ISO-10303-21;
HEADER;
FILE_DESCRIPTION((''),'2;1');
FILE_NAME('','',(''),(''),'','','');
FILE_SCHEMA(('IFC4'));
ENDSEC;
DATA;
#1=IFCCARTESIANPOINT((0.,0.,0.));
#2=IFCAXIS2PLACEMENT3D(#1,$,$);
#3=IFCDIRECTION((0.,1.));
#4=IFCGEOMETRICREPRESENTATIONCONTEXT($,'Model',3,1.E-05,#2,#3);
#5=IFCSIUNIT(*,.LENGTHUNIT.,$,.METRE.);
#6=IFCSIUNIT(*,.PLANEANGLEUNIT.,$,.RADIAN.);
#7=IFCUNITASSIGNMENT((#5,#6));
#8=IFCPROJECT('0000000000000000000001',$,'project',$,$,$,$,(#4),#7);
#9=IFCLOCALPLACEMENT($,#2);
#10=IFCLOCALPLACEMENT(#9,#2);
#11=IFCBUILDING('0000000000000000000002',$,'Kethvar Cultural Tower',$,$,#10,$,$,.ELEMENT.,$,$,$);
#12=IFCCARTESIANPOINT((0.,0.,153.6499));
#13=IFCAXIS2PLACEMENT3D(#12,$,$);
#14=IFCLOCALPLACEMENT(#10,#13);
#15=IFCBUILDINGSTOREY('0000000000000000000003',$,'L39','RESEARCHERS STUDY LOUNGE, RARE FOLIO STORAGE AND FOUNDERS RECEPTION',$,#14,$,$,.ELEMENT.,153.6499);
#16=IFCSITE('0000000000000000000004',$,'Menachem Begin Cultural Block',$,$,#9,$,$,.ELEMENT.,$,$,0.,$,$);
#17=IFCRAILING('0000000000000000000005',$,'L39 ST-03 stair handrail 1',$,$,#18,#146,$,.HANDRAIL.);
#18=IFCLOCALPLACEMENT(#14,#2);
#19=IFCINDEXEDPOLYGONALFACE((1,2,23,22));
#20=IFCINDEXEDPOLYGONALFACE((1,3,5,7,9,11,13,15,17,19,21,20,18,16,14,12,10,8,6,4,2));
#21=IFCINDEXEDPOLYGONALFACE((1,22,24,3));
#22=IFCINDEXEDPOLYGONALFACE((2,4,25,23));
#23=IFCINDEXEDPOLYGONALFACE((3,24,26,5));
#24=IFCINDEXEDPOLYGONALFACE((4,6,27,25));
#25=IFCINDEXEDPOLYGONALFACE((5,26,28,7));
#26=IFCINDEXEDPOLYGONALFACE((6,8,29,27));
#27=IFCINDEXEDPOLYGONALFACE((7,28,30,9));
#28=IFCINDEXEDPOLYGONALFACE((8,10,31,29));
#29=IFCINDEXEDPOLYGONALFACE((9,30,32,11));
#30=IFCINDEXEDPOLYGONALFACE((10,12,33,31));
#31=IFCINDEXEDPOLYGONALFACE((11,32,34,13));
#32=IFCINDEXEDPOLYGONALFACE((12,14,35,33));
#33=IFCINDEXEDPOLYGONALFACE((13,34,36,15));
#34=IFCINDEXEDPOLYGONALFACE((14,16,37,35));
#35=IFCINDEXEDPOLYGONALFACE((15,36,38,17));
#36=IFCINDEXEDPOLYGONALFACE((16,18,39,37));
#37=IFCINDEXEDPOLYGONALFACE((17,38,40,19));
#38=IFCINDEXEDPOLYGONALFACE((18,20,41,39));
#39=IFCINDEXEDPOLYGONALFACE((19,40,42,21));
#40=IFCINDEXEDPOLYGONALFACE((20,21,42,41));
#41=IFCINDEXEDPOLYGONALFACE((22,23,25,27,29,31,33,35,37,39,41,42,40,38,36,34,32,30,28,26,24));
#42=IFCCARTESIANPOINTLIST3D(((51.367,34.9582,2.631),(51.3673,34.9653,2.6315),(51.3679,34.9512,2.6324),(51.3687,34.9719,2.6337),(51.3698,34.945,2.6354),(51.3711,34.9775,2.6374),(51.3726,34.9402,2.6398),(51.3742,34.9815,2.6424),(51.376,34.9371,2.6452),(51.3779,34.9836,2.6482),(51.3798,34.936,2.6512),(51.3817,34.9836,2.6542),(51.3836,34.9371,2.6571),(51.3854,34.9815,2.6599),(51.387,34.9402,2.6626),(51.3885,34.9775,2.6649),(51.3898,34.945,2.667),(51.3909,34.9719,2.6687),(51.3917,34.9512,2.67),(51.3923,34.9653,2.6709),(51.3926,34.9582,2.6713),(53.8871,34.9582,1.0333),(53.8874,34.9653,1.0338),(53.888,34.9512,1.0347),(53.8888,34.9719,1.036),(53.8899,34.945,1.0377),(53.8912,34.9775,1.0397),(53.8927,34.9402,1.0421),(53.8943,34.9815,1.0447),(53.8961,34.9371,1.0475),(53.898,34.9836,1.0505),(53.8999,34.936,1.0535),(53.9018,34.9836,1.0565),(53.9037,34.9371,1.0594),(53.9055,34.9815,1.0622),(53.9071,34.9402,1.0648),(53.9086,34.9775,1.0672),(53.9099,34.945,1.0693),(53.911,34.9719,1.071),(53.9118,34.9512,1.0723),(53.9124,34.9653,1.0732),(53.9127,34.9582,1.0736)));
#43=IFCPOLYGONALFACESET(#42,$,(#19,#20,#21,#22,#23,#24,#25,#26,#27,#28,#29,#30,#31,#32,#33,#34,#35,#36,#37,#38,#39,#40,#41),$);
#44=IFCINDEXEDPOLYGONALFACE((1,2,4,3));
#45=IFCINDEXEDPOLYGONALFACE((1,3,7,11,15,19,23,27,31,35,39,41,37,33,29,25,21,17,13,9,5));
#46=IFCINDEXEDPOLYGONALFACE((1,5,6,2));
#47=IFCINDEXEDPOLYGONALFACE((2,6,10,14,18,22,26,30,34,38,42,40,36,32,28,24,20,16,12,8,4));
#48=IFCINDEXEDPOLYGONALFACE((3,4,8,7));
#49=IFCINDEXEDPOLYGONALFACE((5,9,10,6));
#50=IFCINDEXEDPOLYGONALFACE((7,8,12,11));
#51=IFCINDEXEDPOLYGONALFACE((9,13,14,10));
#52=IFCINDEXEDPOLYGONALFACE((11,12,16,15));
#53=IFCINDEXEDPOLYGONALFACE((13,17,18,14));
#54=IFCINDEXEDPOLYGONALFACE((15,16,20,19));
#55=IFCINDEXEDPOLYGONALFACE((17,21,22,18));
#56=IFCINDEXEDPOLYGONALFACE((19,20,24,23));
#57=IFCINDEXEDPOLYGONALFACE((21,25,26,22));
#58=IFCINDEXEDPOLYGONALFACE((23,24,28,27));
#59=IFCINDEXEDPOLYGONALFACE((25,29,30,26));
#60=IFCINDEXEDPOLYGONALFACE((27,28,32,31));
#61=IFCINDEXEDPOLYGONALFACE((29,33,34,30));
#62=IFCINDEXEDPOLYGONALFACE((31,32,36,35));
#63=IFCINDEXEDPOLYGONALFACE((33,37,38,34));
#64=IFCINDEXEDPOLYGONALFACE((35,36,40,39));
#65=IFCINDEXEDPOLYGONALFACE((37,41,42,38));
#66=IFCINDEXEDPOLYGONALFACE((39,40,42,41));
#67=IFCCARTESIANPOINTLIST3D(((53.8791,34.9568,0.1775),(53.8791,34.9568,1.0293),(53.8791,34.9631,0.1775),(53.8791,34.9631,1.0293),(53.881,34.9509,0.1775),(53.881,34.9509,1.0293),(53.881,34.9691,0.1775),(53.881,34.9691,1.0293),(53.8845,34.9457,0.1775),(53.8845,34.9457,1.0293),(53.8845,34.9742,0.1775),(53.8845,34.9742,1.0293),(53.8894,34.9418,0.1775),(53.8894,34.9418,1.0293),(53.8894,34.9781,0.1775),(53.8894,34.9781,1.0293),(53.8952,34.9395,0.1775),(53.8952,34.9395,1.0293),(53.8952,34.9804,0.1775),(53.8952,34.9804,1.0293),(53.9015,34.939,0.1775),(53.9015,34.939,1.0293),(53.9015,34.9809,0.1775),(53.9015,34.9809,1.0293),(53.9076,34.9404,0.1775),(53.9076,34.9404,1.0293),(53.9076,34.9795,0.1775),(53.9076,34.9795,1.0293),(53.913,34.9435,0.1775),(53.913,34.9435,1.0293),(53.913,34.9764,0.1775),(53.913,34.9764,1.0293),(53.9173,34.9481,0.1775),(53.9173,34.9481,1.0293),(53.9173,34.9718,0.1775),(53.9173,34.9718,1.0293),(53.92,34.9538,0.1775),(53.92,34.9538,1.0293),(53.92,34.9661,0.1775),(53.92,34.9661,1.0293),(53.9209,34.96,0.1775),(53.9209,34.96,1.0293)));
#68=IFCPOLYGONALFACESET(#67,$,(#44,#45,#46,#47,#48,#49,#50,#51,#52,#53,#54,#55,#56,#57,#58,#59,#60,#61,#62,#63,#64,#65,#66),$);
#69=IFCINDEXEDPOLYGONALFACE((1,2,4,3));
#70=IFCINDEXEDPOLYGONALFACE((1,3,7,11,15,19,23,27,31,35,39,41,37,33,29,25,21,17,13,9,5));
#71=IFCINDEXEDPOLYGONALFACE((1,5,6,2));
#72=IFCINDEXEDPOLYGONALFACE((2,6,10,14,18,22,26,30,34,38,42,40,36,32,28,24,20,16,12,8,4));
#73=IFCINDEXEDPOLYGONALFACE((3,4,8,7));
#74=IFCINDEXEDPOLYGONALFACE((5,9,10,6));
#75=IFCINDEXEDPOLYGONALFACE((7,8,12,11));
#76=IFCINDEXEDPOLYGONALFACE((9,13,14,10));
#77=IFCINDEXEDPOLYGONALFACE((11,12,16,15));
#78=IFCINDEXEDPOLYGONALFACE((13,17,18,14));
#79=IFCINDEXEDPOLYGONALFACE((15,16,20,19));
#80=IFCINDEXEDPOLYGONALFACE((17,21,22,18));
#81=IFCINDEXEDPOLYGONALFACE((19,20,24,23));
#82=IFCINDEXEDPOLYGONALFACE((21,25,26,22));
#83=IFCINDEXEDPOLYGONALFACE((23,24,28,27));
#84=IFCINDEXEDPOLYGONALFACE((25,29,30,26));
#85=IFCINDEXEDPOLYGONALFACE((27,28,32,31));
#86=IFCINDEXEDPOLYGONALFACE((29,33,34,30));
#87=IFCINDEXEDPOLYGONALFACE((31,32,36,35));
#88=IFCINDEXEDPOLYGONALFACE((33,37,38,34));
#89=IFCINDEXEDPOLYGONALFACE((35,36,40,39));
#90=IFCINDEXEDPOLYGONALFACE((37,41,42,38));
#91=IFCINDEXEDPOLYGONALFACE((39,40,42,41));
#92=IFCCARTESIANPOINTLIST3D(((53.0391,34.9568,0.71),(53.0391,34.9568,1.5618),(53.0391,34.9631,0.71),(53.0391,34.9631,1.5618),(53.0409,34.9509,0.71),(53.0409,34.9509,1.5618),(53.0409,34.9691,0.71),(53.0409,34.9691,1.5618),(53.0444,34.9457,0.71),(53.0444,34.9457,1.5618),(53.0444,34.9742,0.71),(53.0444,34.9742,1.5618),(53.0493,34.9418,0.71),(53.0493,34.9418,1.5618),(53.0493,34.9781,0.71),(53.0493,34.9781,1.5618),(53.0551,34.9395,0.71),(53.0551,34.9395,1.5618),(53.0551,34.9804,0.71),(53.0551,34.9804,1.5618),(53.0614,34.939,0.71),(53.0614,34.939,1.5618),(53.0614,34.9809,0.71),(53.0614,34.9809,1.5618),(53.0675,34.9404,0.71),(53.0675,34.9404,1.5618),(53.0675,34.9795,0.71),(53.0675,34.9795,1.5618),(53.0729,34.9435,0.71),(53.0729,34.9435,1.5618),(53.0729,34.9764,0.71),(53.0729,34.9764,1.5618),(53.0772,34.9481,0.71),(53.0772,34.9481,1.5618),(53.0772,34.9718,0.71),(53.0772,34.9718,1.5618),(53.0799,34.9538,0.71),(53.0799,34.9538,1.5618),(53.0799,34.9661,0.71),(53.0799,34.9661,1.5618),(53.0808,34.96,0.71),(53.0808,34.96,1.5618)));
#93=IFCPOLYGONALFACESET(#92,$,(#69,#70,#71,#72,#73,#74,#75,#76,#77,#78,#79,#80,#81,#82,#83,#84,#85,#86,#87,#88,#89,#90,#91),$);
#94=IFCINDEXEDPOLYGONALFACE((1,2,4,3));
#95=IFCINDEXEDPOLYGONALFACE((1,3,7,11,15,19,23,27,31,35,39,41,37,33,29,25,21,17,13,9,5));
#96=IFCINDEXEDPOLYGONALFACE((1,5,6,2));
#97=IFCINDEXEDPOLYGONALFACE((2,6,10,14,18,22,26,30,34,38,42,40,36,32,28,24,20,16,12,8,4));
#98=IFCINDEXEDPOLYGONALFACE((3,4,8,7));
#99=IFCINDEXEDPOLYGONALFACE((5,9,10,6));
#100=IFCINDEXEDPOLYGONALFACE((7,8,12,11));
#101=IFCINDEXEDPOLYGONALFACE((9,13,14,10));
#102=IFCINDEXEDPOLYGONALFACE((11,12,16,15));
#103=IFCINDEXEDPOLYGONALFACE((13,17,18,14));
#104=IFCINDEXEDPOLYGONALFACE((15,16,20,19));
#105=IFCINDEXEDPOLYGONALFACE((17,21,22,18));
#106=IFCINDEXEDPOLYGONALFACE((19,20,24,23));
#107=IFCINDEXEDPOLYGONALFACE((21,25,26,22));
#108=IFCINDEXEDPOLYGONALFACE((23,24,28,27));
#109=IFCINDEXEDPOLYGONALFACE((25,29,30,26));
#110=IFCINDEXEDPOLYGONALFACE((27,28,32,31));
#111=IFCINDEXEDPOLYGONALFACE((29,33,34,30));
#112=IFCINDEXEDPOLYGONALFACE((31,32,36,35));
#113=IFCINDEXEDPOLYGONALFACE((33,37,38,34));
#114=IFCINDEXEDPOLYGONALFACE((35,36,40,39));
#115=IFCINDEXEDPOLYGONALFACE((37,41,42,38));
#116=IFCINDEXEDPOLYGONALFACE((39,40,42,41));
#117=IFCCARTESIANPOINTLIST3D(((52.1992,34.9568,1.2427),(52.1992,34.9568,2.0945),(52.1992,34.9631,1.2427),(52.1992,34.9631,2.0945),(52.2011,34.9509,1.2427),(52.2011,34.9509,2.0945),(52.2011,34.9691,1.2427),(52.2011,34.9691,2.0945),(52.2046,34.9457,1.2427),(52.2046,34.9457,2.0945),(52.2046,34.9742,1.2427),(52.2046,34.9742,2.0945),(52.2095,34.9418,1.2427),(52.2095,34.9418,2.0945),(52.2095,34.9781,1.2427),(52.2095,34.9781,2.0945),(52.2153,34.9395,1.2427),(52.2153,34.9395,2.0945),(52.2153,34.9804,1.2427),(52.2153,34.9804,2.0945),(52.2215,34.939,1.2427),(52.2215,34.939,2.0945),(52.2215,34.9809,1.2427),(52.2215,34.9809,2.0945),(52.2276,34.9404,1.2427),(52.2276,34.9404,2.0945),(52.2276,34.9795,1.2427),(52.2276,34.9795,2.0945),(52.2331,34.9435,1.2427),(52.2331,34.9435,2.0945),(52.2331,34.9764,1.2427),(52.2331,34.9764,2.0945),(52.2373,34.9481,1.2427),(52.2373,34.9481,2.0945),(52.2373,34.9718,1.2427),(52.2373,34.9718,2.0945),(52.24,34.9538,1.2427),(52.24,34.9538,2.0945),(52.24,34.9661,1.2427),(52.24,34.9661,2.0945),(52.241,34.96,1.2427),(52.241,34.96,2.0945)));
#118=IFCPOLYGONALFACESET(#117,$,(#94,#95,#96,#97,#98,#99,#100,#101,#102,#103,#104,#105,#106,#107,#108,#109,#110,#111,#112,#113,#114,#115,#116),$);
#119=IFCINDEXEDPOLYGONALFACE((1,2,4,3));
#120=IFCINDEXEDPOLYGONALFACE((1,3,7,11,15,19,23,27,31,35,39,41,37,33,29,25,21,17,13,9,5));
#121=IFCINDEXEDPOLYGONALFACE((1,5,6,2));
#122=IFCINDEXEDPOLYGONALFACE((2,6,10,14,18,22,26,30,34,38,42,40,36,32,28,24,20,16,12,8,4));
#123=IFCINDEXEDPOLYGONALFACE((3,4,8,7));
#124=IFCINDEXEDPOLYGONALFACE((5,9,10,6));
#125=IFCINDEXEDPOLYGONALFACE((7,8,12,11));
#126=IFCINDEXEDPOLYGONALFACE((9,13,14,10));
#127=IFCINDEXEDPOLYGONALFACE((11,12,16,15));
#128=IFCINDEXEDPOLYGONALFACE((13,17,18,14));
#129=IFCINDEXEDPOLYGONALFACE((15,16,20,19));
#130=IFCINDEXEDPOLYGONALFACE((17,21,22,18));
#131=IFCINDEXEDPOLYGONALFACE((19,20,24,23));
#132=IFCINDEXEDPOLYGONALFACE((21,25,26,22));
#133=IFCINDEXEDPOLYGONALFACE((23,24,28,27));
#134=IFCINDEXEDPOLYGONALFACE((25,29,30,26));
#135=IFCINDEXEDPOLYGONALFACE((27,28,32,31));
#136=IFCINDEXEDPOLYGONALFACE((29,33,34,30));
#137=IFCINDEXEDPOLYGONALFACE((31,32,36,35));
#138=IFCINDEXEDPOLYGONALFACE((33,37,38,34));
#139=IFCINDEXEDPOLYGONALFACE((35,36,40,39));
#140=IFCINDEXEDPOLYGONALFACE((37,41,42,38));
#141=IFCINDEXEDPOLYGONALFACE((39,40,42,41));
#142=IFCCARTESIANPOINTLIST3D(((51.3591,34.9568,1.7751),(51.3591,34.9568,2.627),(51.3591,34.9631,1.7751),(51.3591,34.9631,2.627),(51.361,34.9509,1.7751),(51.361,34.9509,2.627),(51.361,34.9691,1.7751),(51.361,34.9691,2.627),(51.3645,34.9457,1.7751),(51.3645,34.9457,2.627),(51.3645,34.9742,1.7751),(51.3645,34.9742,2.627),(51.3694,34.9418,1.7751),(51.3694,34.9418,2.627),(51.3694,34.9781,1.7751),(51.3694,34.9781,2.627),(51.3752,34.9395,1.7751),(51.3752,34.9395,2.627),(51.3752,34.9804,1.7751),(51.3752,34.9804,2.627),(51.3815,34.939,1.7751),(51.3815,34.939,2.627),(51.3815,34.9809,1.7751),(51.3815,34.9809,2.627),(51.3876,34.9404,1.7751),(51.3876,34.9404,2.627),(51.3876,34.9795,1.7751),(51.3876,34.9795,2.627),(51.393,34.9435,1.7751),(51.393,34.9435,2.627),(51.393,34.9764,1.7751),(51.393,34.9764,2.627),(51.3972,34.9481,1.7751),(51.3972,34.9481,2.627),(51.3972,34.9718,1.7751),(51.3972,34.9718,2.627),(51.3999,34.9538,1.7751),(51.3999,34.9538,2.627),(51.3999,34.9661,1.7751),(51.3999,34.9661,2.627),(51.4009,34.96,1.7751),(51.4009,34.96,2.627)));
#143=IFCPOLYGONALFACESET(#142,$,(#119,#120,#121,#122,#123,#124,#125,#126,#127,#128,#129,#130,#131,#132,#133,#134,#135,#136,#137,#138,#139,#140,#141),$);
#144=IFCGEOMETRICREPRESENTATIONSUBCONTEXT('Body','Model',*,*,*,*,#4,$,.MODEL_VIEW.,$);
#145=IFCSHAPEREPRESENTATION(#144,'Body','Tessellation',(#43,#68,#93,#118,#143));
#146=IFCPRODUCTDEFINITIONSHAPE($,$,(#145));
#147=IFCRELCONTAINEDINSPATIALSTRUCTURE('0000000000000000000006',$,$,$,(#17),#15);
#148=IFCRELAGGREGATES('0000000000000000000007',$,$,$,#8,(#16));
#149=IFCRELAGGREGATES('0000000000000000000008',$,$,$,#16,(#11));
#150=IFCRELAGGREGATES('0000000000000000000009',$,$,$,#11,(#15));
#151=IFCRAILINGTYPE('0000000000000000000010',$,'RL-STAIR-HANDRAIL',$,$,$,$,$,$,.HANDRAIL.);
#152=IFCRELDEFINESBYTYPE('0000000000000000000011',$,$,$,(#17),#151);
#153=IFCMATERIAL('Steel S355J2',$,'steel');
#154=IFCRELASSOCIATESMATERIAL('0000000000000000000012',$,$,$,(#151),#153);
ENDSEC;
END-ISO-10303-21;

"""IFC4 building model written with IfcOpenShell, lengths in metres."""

from ifc_helpers import new_model, si_unit, direction, frame, origin, origin_2d, place, context, subcontext, project, spatial, circle, extrude, material, type_object, element, save


model = new_model("IFC4")

# Units and contexts
model_context = context("Model", 3, precision=1e-05, world=origin(), true_north=direction((0.0, 1.0)))
body_context = subcontext(model_context, "Body", "Model", "MODEL_VIEW")
ifc_project = project(units=[si_unit("LENGTHUNIT", "METRE"), si_unit("PLANEANGLEUNIT", "RADIAN")], contexts=[model_context])

# Site, building, storey
site_placement = place(None, origin())
site = spatial("IfcSite", under=ifc_project, at=site_placement, Name="Menachem Begin Cultural Block", CompositionType="ELEMENT", RefElevation=0.0)
building_placement = place(site_placement, origin())
building = spatial("IfcBuilding", under=site, at=building_placement, Name="Kethvar Cultural Tower", CompositionType="ELEMENT")
storey_placement = place(building_placement, frame((0.0, 0.0, 153.6499)))
storey = spatial("IfcBuildingStorey", under=building, at=storey_placement, Name="L39", Description="RESEARCHERS STUDY LOUNGE, RARE FOLIO STORAGE AND FOUNDERS RECEPTION", CompositionType="ELEMENT", Elevation=153.6499)

# Shared definitions
ifc_material_1 = material(Name="Steel S355J2", Category="steel")

# Railing
railing_type_1 = type_object("IfcRailingType", Name="RL-STAIR-HANDRAIL", PredefinedType="HANDRAIL", material=ifc_material_1)
railing_1_placement = place(storey_placement, frame((53.8999, 34.96, 0.1775)))
element("IfcRailing", 1, at=railing_1_placement, inside=storey, type_object=railing_type_1, Name="L39 ST-03 stair handrail 1", PredefinedType="HANDRAIL", context=body_context, shape_type="SweptSolid", body=[
    extrude(circle(Radius=0.0239, at=origin_2d()), frame((0.0, 0.0, 0.876), z_axis=(-0.84457, 0.0, 0.535445), x_axis=(0.0, -1.0, 0.0)), (0.0, 0.0, 1.0), 2.9839),
    extrude(circle(Radius=0.021, at=origin_2d()), origin(), (0.0, 0.0, 1.0), 0.8518),
    extrude(circle(Radius=0.021, at=origin_2d()), frame((-0.8401, 0.0, 0.5325)), (0.0, 0.0, 1.0), 0.8518),
    extrude(circle(Radius=0.021, at=origin_2d()), frame((-1.6799, 0.0, 1.0652)), (0.0, 0.0, 1.0), 0.8518),
    extrude(circle(Radius=0.021, at=origin_2d()), frame((-2.52, 0.0, 1.5977)), (0.0, 0.0, 1.0), 0.8518),
])

save(model, "model.ifc")
